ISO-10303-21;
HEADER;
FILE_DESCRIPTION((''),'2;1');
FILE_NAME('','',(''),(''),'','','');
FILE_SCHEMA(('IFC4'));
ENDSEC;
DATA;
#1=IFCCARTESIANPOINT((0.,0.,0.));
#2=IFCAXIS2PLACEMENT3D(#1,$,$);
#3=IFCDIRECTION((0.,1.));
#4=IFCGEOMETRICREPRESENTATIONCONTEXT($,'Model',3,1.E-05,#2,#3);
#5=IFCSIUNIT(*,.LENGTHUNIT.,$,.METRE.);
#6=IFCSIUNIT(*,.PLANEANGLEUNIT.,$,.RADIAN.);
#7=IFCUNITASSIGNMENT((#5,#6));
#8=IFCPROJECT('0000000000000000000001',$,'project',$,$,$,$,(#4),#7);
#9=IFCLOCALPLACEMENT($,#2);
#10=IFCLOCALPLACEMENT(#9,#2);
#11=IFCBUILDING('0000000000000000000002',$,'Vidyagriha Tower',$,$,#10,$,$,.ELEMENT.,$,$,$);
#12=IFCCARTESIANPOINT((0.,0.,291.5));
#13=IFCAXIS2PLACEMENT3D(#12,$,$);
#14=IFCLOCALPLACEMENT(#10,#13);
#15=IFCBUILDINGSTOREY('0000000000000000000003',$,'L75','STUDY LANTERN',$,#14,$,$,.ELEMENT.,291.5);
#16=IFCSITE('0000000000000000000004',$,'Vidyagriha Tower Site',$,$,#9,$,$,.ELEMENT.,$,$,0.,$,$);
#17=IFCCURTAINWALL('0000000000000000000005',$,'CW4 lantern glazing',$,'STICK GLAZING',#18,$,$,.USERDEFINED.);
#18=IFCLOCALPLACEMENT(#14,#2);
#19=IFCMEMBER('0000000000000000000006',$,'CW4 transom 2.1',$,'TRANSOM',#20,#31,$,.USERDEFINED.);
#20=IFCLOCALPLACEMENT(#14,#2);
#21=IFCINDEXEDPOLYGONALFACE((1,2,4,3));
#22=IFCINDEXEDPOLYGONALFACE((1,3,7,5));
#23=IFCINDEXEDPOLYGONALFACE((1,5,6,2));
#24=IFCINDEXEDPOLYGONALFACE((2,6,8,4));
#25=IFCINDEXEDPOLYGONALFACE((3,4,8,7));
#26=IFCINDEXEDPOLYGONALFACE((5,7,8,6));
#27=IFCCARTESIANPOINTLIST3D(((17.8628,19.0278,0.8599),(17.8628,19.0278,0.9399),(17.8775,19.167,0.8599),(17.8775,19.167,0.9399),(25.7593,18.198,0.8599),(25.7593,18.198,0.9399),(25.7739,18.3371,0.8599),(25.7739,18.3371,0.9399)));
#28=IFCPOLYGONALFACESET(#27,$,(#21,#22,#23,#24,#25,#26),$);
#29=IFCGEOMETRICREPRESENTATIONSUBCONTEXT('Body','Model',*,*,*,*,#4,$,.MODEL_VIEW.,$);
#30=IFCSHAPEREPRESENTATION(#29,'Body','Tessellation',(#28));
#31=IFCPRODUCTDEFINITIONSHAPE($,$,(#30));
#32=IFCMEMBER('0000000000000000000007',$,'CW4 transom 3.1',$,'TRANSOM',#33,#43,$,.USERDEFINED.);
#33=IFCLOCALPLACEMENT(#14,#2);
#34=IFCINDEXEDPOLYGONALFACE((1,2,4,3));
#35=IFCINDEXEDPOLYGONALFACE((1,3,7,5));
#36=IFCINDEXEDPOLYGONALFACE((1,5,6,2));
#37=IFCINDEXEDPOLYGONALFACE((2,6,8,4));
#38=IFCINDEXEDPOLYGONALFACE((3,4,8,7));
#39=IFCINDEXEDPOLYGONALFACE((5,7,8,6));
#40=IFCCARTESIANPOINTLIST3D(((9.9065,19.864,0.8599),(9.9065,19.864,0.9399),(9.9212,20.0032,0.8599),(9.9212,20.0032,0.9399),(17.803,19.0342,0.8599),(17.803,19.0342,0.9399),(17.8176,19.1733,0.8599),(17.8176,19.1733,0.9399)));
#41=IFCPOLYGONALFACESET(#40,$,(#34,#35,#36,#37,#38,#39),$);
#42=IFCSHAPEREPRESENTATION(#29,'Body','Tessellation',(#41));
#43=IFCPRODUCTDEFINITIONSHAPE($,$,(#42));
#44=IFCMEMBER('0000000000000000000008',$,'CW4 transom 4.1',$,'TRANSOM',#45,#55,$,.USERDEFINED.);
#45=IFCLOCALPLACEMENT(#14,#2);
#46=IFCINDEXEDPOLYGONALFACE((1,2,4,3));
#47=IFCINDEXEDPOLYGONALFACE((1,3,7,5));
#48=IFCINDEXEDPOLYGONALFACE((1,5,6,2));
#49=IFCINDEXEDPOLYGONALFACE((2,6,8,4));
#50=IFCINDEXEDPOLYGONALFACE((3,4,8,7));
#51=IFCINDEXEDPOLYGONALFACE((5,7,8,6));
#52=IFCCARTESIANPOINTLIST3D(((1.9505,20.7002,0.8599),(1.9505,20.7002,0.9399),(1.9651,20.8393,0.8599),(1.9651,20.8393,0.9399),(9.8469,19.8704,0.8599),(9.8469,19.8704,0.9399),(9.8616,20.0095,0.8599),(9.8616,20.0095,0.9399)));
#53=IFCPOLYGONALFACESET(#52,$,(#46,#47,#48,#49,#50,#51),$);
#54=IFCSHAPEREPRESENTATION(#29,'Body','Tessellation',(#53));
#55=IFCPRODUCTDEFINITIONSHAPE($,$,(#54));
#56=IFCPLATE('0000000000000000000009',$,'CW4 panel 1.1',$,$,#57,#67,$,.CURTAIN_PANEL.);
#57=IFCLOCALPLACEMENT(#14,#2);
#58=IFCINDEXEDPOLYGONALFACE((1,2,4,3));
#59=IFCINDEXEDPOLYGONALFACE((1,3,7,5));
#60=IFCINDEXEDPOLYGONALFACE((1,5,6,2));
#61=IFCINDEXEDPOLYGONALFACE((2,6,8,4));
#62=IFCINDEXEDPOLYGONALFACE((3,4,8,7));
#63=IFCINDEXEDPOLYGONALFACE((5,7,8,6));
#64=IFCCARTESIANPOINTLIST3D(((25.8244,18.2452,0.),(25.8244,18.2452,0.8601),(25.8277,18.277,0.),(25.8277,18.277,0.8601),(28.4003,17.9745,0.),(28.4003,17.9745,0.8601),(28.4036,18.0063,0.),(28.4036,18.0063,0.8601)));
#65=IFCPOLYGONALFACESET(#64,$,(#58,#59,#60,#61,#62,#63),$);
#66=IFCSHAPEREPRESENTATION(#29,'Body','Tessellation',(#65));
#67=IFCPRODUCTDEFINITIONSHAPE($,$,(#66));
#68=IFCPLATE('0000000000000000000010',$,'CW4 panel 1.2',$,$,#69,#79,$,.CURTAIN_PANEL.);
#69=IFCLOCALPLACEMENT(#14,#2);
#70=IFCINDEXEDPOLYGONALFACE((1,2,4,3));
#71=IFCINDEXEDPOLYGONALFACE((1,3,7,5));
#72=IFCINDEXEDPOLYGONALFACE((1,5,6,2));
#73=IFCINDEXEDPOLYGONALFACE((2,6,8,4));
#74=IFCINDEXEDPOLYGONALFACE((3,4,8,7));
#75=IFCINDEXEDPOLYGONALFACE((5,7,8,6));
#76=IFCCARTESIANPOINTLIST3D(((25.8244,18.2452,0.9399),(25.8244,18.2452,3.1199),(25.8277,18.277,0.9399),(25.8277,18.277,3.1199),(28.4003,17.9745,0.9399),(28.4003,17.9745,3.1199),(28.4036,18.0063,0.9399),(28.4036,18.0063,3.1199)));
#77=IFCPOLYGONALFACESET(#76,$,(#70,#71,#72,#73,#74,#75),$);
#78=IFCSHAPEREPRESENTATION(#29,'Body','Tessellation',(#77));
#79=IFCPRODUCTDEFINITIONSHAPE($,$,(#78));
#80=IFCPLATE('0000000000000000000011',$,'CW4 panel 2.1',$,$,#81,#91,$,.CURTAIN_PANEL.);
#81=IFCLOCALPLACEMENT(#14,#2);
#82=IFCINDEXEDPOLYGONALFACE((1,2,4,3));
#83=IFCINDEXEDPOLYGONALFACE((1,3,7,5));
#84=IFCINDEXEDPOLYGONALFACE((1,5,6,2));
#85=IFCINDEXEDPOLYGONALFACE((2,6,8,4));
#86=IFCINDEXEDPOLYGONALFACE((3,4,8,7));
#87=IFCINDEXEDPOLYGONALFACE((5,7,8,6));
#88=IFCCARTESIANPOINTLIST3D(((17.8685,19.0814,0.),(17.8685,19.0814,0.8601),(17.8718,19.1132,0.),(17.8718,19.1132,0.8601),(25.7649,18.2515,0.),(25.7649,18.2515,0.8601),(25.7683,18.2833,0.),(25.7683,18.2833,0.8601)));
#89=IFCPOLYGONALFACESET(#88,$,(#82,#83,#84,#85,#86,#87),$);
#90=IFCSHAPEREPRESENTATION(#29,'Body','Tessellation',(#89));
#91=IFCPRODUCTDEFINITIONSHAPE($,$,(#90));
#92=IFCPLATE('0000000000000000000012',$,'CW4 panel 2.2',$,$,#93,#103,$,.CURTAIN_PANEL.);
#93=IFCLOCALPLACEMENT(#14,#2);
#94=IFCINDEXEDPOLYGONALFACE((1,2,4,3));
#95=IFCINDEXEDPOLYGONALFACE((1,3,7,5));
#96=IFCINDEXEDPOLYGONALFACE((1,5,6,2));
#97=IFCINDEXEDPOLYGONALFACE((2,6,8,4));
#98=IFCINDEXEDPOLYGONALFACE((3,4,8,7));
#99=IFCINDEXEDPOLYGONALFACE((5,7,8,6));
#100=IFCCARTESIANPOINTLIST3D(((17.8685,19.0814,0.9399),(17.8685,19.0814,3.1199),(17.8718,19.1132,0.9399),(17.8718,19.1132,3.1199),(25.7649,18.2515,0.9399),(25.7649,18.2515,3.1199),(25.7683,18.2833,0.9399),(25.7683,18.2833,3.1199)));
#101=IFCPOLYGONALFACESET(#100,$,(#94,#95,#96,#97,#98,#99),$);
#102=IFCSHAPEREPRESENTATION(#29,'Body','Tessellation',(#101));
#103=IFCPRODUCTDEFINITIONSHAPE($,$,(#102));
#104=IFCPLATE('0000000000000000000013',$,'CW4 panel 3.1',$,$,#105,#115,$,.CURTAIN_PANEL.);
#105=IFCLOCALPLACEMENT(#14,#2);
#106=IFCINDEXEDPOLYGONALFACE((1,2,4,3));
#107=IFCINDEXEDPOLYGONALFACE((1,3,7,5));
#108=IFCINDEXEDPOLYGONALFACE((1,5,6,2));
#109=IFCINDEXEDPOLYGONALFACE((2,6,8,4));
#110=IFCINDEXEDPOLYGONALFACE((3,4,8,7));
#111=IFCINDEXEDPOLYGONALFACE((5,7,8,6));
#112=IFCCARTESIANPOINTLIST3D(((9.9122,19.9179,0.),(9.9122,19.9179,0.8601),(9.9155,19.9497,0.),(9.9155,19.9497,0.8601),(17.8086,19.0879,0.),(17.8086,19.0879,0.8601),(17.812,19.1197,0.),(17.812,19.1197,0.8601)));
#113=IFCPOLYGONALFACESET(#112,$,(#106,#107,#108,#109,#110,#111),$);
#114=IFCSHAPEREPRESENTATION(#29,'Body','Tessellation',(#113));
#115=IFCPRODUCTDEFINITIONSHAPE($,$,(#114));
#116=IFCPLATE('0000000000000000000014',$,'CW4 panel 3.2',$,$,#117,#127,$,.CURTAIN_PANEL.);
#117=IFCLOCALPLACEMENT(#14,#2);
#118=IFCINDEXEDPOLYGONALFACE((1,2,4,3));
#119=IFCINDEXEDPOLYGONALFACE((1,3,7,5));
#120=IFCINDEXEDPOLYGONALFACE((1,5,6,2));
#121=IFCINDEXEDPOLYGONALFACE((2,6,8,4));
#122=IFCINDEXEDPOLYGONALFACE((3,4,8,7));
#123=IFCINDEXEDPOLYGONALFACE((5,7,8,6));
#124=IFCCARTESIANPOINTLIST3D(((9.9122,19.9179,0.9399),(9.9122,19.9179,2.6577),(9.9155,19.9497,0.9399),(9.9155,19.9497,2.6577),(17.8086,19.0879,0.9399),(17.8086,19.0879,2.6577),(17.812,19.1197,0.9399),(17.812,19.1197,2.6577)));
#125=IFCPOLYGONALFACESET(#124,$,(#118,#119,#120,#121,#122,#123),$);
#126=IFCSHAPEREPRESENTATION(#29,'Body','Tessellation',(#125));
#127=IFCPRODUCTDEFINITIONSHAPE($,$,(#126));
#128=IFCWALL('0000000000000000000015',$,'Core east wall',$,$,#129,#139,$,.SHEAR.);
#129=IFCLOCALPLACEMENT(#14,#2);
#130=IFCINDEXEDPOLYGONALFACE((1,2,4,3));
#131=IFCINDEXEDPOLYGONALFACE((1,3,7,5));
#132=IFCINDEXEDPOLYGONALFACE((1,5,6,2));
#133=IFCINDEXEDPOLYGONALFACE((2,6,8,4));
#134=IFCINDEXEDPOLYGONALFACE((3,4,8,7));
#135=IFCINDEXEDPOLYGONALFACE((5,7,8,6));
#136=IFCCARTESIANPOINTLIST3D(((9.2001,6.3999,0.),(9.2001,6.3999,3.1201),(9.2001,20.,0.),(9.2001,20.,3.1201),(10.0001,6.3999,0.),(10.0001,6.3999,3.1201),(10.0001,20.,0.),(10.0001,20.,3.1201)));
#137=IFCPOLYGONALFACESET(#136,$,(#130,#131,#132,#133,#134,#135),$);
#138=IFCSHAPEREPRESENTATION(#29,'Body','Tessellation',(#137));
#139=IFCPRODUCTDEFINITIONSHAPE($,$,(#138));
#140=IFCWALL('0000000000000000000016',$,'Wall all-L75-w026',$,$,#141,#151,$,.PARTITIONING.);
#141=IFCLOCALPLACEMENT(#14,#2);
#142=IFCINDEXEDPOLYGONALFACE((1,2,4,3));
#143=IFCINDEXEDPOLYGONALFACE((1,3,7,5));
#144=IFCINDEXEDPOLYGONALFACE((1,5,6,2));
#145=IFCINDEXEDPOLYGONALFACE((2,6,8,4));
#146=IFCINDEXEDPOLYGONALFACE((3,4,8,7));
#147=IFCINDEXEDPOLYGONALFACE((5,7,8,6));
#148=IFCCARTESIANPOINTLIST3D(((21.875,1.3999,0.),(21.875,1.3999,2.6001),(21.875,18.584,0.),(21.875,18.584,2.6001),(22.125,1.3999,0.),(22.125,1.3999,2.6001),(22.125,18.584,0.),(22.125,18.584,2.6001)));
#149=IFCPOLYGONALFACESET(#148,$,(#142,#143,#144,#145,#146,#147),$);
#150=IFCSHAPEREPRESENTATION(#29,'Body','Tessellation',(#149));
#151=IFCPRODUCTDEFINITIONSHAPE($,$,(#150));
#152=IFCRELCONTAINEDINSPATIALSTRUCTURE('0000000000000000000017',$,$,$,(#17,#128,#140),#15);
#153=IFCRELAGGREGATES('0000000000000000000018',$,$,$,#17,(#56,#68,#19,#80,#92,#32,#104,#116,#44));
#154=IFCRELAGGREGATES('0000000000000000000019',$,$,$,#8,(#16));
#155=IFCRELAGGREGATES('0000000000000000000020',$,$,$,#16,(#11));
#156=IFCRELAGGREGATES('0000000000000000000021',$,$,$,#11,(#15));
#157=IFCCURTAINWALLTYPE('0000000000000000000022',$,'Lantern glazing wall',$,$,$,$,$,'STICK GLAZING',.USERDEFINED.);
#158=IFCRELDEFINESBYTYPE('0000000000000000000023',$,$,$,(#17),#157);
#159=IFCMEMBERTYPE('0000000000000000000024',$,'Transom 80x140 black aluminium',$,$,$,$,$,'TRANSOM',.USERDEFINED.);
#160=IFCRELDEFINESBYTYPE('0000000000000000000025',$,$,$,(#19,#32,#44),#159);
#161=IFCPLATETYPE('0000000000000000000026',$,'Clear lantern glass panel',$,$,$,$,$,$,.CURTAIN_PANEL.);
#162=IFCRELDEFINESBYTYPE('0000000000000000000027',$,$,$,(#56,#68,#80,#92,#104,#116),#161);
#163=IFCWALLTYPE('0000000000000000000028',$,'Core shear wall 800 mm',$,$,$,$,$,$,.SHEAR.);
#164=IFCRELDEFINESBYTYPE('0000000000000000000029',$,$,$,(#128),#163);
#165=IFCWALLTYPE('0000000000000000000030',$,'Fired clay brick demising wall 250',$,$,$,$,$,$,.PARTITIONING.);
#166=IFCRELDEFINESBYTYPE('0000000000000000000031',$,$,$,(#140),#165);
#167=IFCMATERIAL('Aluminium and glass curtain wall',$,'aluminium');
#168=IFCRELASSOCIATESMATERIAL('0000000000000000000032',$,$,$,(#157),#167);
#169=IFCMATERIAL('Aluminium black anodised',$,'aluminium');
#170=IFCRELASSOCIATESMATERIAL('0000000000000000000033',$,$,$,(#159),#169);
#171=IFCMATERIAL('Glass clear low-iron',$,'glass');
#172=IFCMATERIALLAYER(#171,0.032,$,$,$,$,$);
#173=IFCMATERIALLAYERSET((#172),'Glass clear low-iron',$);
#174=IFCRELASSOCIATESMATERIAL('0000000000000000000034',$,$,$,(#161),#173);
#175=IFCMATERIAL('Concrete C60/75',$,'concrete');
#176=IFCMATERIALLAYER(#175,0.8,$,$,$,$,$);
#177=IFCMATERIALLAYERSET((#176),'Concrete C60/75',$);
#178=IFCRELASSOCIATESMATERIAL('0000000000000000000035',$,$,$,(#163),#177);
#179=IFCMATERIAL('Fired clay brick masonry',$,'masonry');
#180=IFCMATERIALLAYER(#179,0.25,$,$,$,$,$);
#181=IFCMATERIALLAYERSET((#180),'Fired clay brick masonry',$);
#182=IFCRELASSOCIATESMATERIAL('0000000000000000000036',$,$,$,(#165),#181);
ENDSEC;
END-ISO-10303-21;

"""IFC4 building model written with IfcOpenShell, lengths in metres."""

from ifc_helpers import new_model, si_unit, direction, frame, frame_2d, origin, origin_2d, place, context, subcontext, project, spatial, rectangle, extrude, material, layer, layer_set, material_profile, profile_set, type_object, element, aggregate, save


model = new_model("IFC4")

# Units and contexts
model_context = context("Model", 3, precision=1e-05, world=origin(), true_north=direction((0.0, 1.0)))
body_context = subcontext(model_context, "Body", "Model", "MODEL_VIEW")
ifc_project = project(units=[si_unit("LENGTHUNIT", "METRE"), si_unit("PLANEANGLEUNIT", "RADIAN")], contexts=[model_context])

# Site, building, storey
site_placement = place(None, origin())
site = spatial("IfcSite", under=ifc_project, at=site_placement, Name="Vidyagriha Tower Site", CompositionType="ELEMENT", RefElevation=0.0)
building_placement = place(site_placement, origin())
building = spatial("IfcBuilding", under=site, at=building_placement, Name="Vidyagriha Tower", CompositionType="ELEMENT")
storey_placement = place(building_placement, frame((0.0, 0.0, 291.5)))
storey = spatial("IfcBuildingStorey", under=building, at=storey_placement, Name="L75", Description="STUDY LANTERN", CompositionType="ELEMENT", Elevation=291.5)

# Shared definitions
ifc_material_1 = material(Name="Aluminium and glass curtain wall", Category="aluminium")
curtain_wall_type = type_object("IfcCurtainWallType", Name="Lantern glazing wall", ElementType="STICK GLAZING", PredefinedType="USERDEFINED", material=ifc_material_1)

# Curtain wall, members, plates
curtain_wall_1_placement = place(storey_placement, origin())
curtain_wall_1 = element("IfcCurtainWall", 1, at=curtain_wall_1_placement, inside=storey, type_object=curtain_wall_type, Name="CW4 lantern glazing", ObjectType="STICK GLAZING", PredefinedType="USERDEFINED")
ifc_material_2 = material(Name="Aluminium black anodised", Category="aluminium")
ifc_material_profile_1 = material_profile(ifc_material_2, rectangle(XDim=0.1399, YDim=0.0801, at=origin_2d()), Name="Transom 80x140 black aluminium")
ifc_profile_set_1 = profile_set([ifc_material_profile_1], Name="Aluminium black anodised")
member_type_1 = type_object("IfcMemberType", Name="Transom 80x140 black aluminium", ElementType="TRANSOM", PredefinedType="USERDEFINED", material=ifc_profile_set_1)
member_1_placement = place(storey_placement, frame((25.7666, 18.2676, 0.8999), z_axis=(-0.994523, 0.104514, 0.0), x_axis=(-0.104514, -0.994523, 0.0)))
member_1 = element("IfcMember", 2, at=member_1_placement, type_object=member_type_1, Name="CW4 transom 2.1", ObjectType="TRANSOM", PredefinedType="USERDEFINED", context=body_context, shape_type="SweptSolid", body=[
    extrude(rectangle(XDim=0.1399, YDim=0.0801, at=origin_2d()), origin(), (0.0, 0.0, 1.0), 7.9399),
])
member_2_placement = place(storey_placement, frame((17.8103, 19.1038, 0.8999), z_axis=(-0.994523, 0.104514, 0.0), x_axis=(-0.104514, -0.994523, 0.0)))
member_2 = element("IfcMember", 3, at=member_2_placement, type_object=member_type_1, Name="CW4 transom 3.1", ObjectType="TRANSOM", PredefinedType="USERDEFINED", context=body_context, shape_type="SweptSolid", body=[
    extrude(rectangle(XDim=0.1399, YDim=0.0801, at=origin_2d()), origin(), (0.0, 0.0, 1.0), 7.9399),
])
member_3_placement = place(storey_placement, frame((9.8542, 19.9399, 0.8999), z_axis=(-0.994523, 0.104514, 0.0), x_axis=(-0.104514, -0.994523, 0.0)))
member_3 = element("IfcMember", 4, at=member_3_placement, type_object=member_type_1, Name="CW4 transom 4.1", ObjectType="TRANSOM", PredefinedType="USERDEFINED", context=body_context, shape_type="SweptSolid", body=[
    extrude(rectangle(XDim=0.1399, YDim=0.0801, at=origin_2d()), origin(), (0.0, 0.0, 1.0), 7.9399),
])
ifc_material_3 = material(Name="Glass clear low-iron", Category="glass")
ifc_layer_1 = layer(ifc_material_3, 0.032)
ifc_layer_set_1 = layer_set([ifc_layer_1], Name="Glass clear low-iron")
plate_type = type_object("IfcPlateType", Name="Clear lantern glass panel", PredefinedType="CURTAIN_PANEL", material=ifc_layer_set_1)
plate_1_placement = place(storey_placement, frame((27.114, 18.1257, 0.0), z_axis=(0.0, 0.0, 1.0), x_axis=(-0.994522, 0.104528, 0.0)))
plate_1 = element("IfcPlate", 5, at=plate_1_placement, type_object=plate_type, Name="CW4 panel 1.1", PredefinedType="CURTAIN_PANEL", context=body_context, shape_type="SweptSolid", body=[
    extrude(rectangle(XDim=2.5901, YDim=0.032, at=origin_2d()), origin(), (0.0, 0.0, 1.0), 0.8601),
])
plate_2_placement = place(storey_placement, frame((27.114, 18.1257, 0.9399), z_axis=(0.0, 0.0, 1.0), x_axis=(-0.994522, 0.104528, 0.0)))
plate_2 = element("IfcPlate", 6, at=plate_2_placement, type_object=plate_type, Name="CW4 panel 1.2", PredefinedType="CURTAIN_PANEL", context=body_context, shape_type="SweptSolid", body=[
    extrude(rectangle(XDim=2.5901, YDim=0.032, at=origin_2d()), origin(), (0.0, 0.0, 1.0), 2.1799),
])
plate_3_placement = place(storey_placement, frame((21.8184, 18.6824, 0.0), z_axis=(0.0, 0.0, 1.0), x_axis=(-0.994522, 0.104528, 0.0)))
plate_3 = element("IfcPlate", 7, at=plate_3_placement, type_object=plate_type, Name="CW4 panel 2.1", PredefinedType="CURTAIN_PANEL", context=body_context, shape_type="SweptSolid", body=[
    extrude(rectangle(XDim=7.9399, YDim=0.032, at=origin_2d()), origin(), (0.0, 0.0, 1.0), 0.8601),
])
plate_4_placement = place(storey_placement, frame((21.8184, 18.6824, 0.9399), z_axis=(0.0, 0.0, 1.0), x_axis=(-0.994522, 0.104528, 0.0)))
plate_4 = element("IfcPlate", 8, at=plate_4_placement, type_object=plate_type, Name="CW4 panel 2.2", PredefinedType="CURTAIN_PANEL", context=body_context, shape_type="SweptSolid", body=[
    extrude(rectangle(XDim=7.9399, YDim=0.032, at=origin_2d()), origin(), (0.0, 0.0, 1.0), 2.1799),
])
plate_5_placement = place(storey_placement, frame((13.8621, 19.5188, 0.0), z_axis=(0.0, 0.0, 1.0), x_axis=(-0.994522, 0.104528, 0.0)))
plate_5 = element("IfcPlate", 9, at=plate_5_placement, type_object=plate_type, Name="CW4 panel 3.1", PredefinedType="CURTAIN_PANEL", context=body_context, shape_type="SweptSolid", body=[
    extrude(rectangle(XDim=7.9399, YDim=0.032, at=origin_2d()), origin(), (0.0, 0.0, 1.0), 0.8601),
])
plate_6_placement = place(storey_placement, frame((13.8621, 19.5188, 0.9399), z_axis=(0.0, 0.0, 1.0), x_axis=(-0.994522, 0.104528, 0.0)))
plate_6 = element("IfcPlate", 10, at=plate_6_placement, type_object=plate_type, Name="CW4 panel 3.2", PredefinedType="CURTAIN_PANEL", context=body_context, shape_type="SweptSolid", body=[
    extrude(rectangle(XDim=7.9399, YDim=0.032, at=origin_2d()), origin(), (0.0, 0.0, 1.0), 1.7178),
])
aggregate(curtain_wall_1, [plate_1, plate_2, member_1, plate_3, plate_4, member_2, plate_5, plate_6, member_3])

# Walls
ifc_material_4 = material(Name="Concrete C60/75", Category="concrete")
ifc_layer_2 = layer(ifc_material_4, 0.8)
ifc_layer_set_2 = layer_set([ifc_layer_2], Name="Concrete C60/75")
wall_type_1 = type_object("IfcWallType", Name="Core shear wall 800 mm", PredefinedType="SHEAR", material=ifc_layer_set_2)
wall_1_placement = place(storey_placement, frame((9.6001, 6.3999, 0.0), z_axis=(0.0, 0.0, 1.0), x_axis=(0.0, 1.0, 0.0)))
element("IfcWall", 11, at=wall_1_placement, inside=storey, type_object=wall_type_1, Name="Core east wall", PredefinedType="SHEAR", context=body_context, shape_type="SweptSolid", body=[
    extrude(rectangle(XDim=13.6001, YDim=0.8, at=frame_2d((6.8, 0.0))), origin(), (0.0, 0.0, 1.0), 3.1201),
])
ifc_material_5 = material(Name="Fired clay brick masonry", Category="masonry")
ifc_layer_3 = layer(ifc_material_5, 0.25)
ifc_layer_set_3 = layer_set([ifc_layer_3], Name="Fired clay brick masonry")
wall_type_2 = type_object("IfcWallType", Name="Fired clay brick demising wall 250", PredefinedType="PARTITIONING", material=ifc_layer_set_3)
wall_2_placement = place(storey_placement, frame((22.0, 18.584, 0.0), z_axis=(0.0, 0.0, 1.0), x_axis=(0.0, -1.0, 0.0)))
element("IfcWall", 12, at=wall_2_placement, inside=storey, type_object=wall_type_2, Name="Wall all-L75-w026", PredefinedType="PARTITIONING", context=body_context, shape_type="SweptSolid", body=[
    extrude(rectangle(XDim=17.1841, YDim=0.25, at=frame_2d((8.592, 0.0))), origin(), (0.0, 0.0, 1.0), 2.6001),
])

save(model, "model.ifc")
